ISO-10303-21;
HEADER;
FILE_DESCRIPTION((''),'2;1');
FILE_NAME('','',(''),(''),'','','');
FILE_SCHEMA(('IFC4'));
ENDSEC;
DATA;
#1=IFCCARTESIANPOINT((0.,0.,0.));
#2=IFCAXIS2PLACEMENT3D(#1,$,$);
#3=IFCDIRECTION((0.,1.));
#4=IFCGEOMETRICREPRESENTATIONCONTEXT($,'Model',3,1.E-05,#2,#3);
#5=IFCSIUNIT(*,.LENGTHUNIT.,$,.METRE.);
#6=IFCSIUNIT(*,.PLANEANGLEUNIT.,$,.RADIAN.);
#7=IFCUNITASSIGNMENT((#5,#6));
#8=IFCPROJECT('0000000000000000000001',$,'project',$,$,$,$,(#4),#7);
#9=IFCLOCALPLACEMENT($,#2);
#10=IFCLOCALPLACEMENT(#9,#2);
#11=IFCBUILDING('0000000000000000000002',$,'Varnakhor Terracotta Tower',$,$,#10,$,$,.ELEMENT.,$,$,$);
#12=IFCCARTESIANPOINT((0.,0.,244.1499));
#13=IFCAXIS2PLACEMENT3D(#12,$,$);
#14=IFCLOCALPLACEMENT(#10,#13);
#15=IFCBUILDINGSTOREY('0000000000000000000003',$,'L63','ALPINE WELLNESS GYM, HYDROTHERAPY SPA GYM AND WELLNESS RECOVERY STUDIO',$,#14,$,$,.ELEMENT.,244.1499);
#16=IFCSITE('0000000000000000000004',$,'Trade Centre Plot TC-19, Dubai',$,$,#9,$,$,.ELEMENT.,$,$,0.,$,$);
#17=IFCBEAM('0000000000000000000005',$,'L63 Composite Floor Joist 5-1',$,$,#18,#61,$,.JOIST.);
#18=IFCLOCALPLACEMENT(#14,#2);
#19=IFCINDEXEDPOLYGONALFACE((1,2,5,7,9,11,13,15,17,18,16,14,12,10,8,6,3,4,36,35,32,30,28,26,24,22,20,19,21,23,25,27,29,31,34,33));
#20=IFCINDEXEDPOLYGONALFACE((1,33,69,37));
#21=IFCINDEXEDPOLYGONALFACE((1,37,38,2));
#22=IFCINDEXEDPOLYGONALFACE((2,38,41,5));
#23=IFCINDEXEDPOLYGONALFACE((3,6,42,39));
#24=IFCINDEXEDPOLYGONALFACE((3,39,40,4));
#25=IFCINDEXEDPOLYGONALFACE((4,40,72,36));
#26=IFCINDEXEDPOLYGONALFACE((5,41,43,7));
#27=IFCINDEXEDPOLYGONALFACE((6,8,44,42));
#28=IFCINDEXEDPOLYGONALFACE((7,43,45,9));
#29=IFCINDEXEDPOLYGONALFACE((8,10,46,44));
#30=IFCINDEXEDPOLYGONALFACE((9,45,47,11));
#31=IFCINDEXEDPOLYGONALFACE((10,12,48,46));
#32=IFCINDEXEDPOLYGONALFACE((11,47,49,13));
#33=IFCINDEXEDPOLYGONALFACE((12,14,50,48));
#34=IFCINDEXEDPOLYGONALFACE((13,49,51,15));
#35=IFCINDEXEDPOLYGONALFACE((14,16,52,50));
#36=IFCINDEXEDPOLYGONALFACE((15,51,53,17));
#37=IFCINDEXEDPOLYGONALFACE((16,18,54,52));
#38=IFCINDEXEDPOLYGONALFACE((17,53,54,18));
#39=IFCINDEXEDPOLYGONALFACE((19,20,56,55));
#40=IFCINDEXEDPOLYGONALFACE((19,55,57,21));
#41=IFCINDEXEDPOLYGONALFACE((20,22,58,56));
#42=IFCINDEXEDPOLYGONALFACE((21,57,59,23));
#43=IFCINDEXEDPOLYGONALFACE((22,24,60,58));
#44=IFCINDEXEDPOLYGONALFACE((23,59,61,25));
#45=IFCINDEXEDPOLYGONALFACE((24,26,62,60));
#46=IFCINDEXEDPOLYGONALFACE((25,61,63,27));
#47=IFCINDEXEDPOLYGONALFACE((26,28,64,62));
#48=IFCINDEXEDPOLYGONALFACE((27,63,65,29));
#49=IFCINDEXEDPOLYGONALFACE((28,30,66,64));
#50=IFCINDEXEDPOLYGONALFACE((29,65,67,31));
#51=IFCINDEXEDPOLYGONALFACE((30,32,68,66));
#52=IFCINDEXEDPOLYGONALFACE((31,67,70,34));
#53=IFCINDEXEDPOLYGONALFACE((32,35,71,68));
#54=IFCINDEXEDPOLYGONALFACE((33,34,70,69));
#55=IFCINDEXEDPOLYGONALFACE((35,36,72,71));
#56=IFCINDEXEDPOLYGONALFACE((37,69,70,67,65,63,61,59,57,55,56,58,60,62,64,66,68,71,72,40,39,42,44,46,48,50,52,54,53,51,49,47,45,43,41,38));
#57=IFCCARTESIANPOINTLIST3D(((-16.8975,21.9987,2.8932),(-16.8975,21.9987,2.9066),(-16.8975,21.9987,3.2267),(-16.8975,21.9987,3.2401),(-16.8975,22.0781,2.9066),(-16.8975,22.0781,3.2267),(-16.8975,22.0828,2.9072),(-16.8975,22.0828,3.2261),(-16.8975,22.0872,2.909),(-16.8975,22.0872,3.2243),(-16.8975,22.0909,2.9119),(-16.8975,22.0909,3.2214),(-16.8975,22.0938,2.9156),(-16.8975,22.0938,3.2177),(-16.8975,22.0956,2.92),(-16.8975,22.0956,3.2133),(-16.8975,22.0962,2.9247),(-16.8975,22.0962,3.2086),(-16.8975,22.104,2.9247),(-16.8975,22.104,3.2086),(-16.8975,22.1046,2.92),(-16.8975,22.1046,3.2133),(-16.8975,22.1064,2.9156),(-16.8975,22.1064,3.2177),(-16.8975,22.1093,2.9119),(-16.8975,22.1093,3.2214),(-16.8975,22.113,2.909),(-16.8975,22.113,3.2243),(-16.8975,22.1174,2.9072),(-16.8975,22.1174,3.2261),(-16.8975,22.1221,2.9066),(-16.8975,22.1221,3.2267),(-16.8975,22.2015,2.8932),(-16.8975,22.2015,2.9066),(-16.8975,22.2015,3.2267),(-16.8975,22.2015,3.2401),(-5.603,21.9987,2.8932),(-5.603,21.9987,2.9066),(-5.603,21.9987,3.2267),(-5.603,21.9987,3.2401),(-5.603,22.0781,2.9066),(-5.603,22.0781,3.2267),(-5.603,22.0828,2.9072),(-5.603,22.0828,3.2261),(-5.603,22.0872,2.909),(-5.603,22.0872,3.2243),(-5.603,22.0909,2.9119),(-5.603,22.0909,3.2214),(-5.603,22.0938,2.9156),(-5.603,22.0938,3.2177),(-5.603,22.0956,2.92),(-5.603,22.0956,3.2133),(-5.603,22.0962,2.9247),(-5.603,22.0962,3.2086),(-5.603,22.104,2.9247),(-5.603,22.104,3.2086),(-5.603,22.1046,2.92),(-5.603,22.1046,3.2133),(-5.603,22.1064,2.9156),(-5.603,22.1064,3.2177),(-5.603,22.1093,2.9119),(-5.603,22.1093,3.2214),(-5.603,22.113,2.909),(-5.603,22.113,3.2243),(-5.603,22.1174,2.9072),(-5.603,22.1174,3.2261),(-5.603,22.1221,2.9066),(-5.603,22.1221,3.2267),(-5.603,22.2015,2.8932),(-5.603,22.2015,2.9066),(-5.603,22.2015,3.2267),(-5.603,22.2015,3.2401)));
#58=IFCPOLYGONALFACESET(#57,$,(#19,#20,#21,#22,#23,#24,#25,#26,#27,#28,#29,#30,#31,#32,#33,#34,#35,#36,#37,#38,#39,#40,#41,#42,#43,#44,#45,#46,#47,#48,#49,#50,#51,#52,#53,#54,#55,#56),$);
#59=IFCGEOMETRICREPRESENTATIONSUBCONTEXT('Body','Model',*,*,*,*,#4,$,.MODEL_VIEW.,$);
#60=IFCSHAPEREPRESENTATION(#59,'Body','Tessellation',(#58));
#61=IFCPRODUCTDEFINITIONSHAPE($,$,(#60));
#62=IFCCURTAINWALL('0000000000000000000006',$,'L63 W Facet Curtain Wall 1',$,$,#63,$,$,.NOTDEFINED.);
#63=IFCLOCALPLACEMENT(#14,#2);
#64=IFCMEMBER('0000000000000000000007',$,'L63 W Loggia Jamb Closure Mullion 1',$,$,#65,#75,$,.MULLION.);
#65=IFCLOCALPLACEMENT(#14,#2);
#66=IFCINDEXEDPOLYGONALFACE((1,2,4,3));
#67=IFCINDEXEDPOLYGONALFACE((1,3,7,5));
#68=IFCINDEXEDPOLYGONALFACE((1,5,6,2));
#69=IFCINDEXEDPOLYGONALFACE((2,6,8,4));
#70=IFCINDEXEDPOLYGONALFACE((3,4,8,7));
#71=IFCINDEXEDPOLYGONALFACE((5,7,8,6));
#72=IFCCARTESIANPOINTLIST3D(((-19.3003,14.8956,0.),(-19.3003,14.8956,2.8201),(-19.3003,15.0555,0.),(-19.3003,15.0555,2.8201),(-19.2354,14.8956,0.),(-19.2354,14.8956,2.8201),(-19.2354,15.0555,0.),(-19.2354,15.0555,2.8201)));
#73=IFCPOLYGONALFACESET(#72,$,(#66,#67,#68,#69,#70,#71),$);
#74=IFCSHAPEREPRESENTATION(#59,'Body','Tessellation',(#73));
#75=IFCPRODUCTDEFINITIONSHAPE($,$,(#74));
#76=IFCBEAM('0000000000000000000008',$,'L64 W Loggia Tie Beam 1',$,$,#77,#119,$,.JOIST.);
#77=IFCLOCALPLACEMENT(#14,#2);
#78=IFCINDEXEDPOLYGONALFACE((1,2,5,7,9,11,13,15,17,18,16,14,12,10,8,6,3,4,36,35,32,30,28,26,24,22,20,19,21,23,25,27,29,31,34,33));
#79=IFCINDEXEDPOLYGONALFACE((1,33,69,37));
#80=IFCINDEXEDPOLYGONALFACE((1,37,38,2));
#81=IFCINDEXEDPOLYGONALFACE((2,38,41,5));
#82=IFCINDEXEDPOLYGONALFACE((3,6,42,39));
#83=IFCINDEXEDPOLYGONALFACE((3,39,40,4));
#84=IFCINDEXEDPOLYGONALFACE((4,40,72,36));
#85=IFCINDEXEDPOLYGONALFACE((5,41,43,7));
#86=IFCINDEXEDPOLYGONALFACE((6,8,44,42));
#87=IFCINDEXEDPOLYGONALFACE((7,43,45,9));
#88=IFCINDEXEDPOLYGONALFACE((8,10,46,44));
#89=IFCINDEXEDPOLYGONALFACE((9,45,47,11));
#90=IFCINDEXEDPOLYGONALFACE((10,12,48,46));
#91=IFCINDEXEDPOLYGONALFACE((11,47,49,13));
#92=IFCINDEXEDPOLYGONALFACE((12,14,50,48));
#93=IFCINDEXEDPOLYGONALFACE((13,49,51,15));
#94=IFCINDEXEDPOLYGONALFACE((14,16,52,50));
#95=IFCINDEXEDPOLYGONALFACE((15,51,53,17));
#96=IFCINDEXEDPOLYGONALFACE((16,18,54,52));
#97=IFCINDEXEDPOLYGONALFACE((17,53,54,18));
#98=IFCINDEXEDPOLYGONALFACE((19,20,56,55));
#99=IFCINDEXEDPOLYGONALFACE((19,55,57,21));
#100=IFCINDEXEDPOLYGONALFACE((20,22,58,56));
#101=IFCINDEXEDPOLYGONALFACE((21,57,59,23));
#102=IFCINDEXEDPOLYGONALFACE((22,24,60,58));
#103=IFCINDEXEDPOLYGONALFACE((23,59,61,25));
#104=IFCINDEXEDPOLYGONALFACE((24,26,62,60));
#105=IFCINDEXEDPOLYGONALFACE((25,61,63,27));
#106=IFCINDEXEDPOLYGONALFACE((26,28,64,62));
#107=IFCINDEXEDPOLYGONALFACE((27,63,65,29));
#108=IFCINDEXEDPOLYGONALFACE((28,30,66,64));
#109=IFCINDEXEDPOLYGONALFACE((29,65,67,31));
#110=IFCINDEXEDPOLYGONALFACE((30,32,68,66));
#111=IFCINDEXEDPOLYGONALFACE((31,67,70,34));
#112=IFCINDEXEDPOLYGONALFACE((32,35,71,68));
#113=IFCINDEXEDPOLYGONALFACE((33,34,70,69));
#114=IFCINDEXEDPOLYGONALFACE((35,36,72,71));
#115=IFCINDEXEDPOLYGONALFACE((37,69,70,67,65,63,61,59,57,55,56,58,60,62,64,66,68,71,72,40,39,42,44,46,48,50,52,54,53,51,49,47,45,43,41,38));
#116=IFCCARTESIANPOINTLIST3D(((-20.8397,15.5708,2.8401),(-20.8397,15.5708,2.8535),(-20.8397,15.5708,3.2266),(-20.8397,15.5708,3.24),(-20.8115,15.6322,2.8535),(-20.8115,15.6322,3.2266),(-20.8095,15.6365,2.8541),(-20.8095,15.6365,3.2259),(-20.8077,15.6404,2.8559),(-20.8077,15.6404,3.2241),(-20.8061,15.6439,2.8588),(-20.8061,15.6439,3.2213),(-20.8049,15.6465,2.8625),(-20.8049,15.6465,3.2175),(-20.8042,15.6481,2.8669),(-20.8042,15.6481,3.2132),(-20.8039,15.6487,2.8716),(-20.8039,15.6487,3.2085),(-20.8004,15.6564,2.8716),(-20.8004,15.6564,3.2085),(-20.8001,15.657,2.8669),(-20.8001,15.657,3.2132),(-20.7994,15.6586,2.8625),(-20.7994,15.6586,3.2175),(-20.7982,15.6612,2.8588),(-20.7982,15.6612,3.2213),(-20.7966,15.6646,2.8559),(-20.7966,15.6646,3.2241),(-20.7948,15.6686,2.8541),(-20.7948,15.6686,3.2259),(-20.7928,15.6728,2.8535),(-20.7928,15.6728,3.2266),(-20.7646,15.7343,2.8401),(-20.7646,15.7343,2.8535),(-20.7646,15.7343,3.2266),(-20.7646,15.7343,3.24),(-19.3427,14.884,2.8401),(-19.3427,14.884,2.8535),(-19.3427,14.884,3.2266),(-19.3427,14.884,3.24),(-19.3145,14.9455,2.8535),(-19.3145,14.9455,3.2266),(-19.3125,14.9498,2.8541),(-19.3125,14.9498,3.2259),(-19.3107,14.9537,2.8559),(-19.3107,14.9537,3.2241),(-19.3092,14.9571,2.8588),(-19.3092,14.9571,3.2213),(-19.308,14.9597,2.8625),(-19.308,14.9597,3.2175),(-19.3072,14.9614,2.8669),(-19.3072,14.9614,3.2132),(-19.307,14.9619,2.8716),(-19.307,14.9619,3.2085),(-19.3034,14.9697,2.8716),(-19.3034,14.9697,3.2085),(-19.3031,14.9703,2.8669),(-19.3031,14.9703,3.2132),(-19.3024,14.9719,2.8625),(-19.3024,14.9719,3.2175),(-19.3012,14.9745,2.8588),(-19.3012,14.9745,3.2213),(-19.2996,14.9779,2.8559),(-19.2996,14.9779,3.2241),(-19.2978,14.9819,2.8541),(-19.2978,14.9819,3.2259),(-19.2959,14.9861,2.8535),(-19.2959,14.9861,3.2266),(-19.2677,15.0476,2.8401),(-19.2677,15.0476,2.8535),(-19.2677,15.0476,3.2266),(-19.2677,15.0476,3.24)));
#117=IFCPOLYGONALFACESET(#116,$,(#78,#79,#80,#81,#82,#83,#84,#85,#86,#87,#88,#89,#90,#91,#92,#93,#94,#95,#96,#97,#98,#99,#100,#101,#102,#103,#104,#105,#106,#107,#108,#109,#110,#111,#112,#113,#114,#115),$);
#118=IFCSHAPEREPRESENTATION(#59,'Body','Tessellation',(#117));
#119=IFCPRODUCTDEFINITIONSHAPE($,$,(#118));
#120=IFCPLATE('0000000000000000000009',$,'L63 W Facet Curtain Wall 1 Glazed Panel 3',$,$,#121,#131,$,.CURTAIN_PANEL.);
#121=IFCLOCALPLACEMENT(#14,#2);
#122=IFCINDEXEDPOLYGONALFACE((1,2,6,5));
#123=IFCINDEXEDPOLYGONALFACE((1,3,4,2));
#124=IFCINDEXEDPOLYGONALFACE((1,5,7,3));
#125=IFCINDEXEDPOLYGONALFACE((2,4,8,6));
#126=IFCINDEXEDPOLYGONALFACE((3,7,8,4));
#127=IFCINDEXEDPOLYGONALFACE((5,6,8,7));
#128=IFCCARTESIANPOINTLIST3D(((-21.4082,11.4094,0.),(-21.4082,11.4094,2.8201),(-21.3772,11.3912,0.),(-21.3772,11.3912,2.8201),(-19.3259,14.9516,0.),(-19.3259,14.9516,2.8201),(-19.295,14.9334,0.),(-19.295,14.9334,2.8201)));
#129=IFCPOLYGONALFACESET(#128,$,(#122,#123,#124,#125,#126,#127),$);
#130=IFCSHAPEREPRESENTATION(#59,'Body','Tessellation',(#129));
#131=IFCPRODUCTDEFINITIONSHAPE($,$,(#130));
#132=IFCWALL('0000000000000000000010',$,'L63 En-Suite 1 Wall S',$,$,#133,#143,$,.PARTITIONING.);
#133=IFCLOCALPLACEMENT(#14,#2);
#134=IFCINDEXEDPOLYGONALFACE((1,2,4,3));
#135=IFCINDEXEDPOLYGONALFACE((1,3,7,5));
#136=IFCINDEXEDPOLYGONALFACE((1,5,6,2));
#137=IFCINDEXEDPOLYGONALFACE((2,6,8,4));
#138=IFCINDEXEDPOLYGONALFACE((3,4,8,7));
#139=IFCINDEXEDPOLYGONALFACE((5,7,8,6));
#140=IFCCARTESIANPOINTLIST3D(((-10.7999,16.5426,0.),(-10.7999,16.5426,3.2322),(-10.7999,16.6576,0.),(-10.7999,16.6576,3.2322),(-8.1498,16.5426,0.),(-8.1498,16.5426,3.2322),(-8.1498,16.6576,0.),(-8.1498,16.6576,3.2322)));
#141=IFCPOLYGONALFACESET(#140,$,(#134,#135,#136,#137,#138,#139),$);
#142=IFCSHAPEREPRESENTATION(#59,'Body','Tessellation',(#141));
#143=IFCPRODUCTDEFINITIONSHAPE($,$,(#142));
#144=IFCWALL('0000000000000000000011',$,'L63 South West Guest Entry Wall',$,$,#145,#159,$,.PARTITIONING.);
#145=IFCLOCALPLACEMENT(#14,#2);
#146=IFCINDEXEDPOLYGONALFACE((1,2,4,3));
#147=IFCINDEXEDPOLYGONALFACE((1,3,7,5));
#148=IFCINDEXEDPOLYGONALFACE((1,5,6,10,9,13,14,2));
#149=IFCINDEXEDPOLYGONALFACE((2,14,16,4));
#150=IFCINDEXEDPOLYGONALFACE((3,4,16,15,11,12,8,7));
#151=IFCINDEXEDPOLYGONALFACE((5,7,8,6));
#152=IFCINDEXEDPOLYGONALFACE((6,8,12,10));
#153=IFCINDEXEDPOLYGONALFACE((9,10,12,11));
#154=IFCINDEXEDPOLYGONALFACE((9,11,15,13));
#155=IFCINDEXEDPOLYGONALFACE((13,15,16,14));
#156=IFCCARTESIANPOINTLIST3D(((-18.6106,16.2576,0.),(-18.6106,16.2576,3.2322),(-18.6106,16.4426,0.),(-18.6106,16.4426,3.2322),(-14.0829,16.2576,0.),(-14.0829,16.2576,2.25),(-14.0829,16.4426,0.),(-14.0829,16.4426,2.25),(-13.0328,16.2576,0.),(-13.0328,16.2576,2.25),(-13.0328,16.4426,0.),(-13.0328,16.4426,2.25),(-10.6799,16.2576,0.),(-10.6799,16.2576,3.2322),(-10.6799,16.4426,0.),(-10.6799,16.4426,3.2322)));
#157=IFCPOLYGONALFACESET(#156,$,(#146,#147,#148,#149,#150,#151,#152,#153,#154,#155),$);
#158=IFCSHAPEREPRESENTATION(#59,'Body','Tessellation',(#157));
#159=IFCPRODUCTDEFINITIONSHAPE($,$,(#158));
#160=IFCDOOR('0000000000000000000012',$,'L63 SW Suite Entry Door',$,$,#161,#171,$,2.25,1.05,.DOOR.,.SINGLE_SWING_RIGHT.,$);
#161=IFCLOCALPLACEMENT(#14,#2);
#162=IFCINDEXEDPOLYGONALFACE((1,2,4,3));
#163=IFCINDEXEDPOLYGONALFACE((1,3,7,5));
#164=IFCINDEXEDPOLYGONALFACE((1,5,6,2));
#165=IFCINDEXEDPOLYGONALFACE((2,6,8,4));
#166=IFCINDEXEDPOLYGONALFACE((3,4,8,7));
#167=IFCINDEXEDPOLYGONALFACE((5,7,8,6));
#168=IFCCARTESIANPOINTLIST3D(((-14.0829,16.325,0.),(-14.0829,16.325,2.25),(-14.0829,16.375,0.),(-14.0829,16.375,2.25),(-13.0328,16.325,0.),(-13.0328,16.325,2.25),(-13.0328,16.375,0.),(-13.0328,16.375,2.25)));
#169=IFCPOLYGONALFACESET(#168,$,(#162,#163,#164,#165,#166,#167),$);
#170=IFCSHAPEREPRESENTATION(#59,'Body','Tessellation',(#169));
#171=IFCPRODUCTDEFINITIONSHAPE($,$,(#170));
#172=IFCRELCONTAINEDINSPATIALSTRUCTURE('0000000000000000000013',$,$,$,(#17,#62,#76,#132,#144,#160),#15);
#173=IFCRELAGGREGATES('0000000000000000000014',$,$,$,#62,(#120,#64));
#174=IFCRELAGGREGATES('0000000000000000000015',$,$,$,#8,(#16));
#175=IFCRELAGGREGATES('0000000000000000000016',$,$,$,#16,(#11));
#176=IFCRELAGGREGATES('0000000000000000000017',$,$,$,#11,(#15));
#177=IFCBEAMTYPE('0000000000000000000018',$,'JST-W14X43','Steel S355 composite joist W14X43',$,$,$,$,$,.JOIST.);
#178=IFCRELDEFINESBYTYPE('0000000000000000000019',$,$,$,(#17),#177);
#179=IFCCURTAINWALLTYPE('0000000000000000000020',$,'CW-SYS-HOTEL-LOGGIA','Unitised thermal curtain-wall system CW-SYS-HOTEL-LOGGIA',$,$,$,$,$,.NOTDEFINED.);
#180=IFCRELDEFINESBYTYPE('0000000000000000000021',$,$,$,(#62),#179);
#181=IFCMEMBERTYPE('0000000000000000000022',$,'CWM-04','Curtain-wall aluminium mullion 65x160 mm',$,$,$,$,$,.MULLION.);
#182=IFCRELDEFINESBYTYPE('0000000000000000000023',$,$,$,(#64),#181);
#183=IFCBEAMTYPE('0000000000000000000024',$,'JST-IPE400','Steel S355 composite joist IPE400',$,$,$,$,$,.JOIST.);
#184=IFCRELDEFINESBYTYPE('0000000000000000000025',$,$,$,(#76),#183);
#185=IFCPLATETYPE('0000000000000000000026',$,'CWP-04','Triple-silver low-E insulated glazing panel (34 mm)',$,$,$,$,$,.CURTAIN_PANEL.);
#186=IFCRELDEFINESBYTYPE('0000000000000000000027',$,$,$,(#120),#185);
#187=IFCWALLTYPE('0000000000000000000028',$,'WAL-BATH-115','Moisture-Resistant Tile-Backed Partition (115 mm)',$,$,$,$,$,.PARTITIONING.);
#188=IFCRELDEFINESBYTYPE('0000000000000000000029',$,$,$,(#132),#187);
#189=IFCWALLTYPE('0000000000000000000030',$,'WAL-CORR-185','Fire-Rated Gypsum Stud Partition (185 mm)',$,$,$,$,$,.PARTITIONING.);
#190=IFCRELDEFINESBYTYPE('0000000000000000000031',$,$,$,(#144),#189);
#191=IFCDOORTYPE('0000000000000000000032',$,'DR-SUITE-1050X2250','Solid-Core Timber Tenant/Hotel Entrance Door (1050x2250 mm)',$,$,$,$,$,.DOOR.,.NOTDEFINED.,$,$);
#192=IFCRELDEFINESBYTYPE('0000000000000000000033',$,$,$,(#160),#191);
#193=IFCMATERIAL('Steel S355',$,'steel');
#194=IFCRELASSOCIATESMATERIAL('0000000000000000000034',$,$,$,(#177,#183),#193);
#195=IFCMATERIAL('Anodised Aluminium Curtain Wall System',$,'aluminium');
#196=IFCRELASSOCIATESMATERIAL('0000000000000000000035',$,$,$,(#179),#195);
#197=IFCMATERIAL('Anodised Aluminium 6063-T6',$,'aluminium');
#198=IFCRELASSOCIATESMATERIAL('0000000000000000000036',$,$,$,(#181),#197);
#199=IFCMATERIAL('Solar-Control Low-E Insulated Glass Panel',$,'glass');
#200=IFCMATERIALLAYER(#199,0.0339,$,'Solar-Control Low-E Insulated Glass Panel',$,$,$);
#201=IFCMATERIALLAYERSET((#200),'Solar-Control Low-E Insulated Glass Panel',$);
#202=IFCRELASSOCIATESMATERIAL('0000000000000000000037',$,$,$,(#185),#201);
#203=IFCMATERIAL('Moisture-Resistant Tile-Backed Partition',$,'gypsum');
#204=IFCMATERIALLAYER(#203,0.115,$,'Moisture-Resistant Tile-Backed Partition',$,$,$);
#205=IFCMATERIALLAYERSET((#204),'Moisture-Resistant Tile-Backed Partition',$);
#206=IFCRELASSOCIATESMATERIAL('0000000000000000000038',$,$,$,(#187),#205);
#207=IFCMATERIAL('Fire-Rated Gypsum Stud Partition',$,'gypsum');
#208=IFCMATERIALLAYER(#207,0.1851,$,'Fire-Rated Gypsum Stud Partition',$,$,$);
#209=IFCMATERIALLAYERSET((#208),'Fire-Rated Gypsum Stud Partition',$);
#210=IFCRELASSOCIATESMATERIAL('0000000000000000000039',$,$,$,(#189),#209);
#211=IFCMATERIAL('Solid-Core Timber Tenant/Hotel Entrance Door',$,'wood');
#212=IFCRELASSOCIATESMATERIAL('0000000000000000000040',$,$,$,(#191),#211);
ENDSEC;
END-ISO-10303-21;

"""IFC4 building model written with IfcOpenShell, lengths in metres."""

from ifc_helpers import new_model, si_unit, direction, frame, frame_2d, origin, origin_2d, place, context, subcontext, project, spatial, rectangle, i_section, extrude, source, transform, mapped, material, layer, layer_set, material_profile, profile_set, type_object, type_shapes, element, fill, aggregate, save


model = new_model("IFC4")

# Units and contexts
model_context = context("Model", 3, precision=1e-05, world=origin(), true_north=direction((0.0, 1.0)))
body_context = subcontext(model_context, "Body", "Model", "MODEL_VIEW")
ifc_project = project(units=[si_unit("LENGTHUNIT", "METRE"), si_unit("PLANEANGLEUNIT", "RADIAN")], contexts=[model_context])

# Site, building, storey
site_placement = place(None, origin())
site = spatial("IfcSite", under=ifc_project, at=site_placement, Name="Trade Centre Plot TC-19, Dubai", CompositionType="ELEMENT", RefElevation=0.0)
building_placement = place(site_placement, origin())
building = spatial("IfcBuilding", under=site, at=building_placement, Name="Varnakhor Terracotta Tower", CompositionType="ELEMENT")
storey_placement = place(building_placement, frame((0.0, 0.0, 244.1499)))
storey = spatial("IfcBuildingStorey", under=building, at=storey_placement, Name="L63", Description="ALPINE WELLNESS GYM, HYDROTHERAPY SPA GYM AND WELLNESS RECOVERY STUDIO", CompositionType="ELEMENT", Elevation=244.1499)

# Beam
ifc_material_1 = material(Name="Steel S355", Category="steel")
ifc_material_profile_1 = material_profile(ifc_material_1, i_section(OverallWidth=0.2029, OverallDepth=0.3469, WebThickness=0.0078, FlangeThickness=0.0134, FilletRadius=0.0181, at=origin_2d()), Name="W14X43")
ifc_profile_set_1 = profile_set([ifc_material_profile_1], Name="Steel S355")
beam_type_1 = type_object("IfcBeamType", Name="JST-W14X43", Description="Steel S355 composite joist W14X43", PredefinedType="JOIST", material=ifc_profile_set_1)
shared_shape_1 = source(origin(), body_context, "Body", "SweptSolid", [
    extrude(i_section(OverallWidth=0.2029, OverallDepth=0.3469, WebThickness=0.0078, FlangeThickness=0.0134, FilletRadius=0.0181, at=origin_2d()), origin(), (0.0, 0.0, 1.0), 11.2944),
])
beam_1_placement = place(storey_placement, frame((-16.8975, 22.1001, 3.0667), z_axis=(1.0, 0.0, 0.0), x_axis=(0.0, 1.0, 0.0)))
element("IfcBeam", 1, at=beam_1_placement, inside=storey, type_object=beam_type_1, Name="L63 Composite Floor Joist 5-1", PredefinedType="JOIST", context=body_context, shape_type="MappedRepresentation", body=[
    mapped(shared_shape_1, transform((0.0, 0.0, 0.0), scale=1.0)),
])

# Curtain wall, member
ifc_material_2 = material(Name="Anodised Aluminium Curtain Wall System", Category="aluminium")
curtain_wall_type = type_object("IfcCurtainWallType", Name="CW-SYS-HOTEL-LOGGIA", Description="Unitised thermal curtain-wall system CW-SYS-HOTEL-LOGGIA", PredefinedType="NOTDEFINED", material=ifc_material_2)
curtain_wall_placement = place(storey_placement, origin())
curtain_wall = element("IfcCurtainWall", 2, at=curtain_wall_placement, inside=storey, type_object=curtain_wall_type, Name="L63 W Facet Curtain Wall 1", PredefinedType="NOTDEFINED")
ifc_material_3 = material(Name="Anodised Aluminium 6063-T6", Category="aluminium")
ifc_material_profile_2 = material_profile(ifc_material_3, rectangle(XDim=0.0649, YDim=0.1599, at=origin_2d()), Name="ALU MULLION 65x160")
ifc_profile_set_2 = profile_set([ifc_material_profile_2], Name="Anodised Aluminium 6063-T6")
member_type = type_object("IfcMemberType", Name="CWM-04", Description="Curtain-wall aluminium mullion 65x160 mm", PredefinedType="MULLION", material=ifc_profile_set_2)
shared_shape_2 = source(origin(), body_context, "Body", "SweptSolid", [
    extrude(rectangle(XDim=0.0649, YDim=0.1599, at=origin_2d()), origin(), (0.0, 0.0, 1.0), 2.8201),
])
type_shapes(member_type, [shared_shape_2])
member_placement = place(storey_placement, frame((-19.2678, 14.9756, 0.0), z_axis=(0.0, 0.0, 1.0), x_axis=(1.0, 0.0, 0.0)))
member = element("IfcMember", 3, at=member_placement, type_object=member_type, Name="L63 W Loggia Jamb Closure Mullion 1", PredefinedType="MULLION", context=body_context, shape_type="MappedRepresentation", body=[
    mapped(shared_shape_2, transform((0.0, 0.0, 0.0), scale=1.0)),
])

# Beam
ifc_material_profile_3 = material_profile(ifc_material_1, i_section(OverallWidth=0.1799, OverallDepth=0.3999, WebThickness=0.0085, FlangeThickness=0.0134, FilletRadius=0.0181, at=origin_2d()), Name="IPE400")
ifc_profile_set_3 = profile_set([ifc_material_profile_3], Name="Steel S355")
beam_type_2 = type_object("IfcBeamType", Name="JST-IPE400", Description="Steel S355 composite joist IPE400", PredefinedType="JOIST", material=ifc_profile_set_3)
shared_shape_3 = source(origin(), body_context, "Body", "SweptSolid", [
    extrude(i_section(OverallWidth=0.1799, OverallDepth=0.3999, WebThickness=0.0085, FlangeThickness=0.0134, FilletRadius=0.0181, at=origin_2d()), origin(), (0.0, 0.0, 1.0), 1.647),
])
beam_2_placement = place(storey_placement, frame((-19.3052, 14.9658, 3.04), z_axis=(-0.908924, 0.416961, 0.0), x_axis=(-0.416961, -0.908924, 0.0)))
element("IfcBeam", 4, at=beam_2_placement, inside=storey, type_object=beam_type_2, Name="L64 W Loggia Tie Beam 1", PredefinedType="JOIST", context=body_context, shape_type="MappedRepresentation", body=[
    mapped(shared_shape_3, transform((0.0, 0.0, 0.0), scale=1.0)),
])

# Plate
ifc_material_4 = material(Name="Solar-Control Low-E Insulated Glass Panel", Category="glass")
ifc_layer_1 = layer(ifc_material_4, 0.0339, Name="Solar-Control Low-E Insulated Glass Panel")
ifc_layer_set_1 = layer_set([ifc_layer_1], Name="Solar-Control Low-E Insulated Glass Panel")
plate_type = type_object("IfcPlateType", Name="CWP-04", Description="Triple-silver low-E insulated glazing panel (34 mm)", PredefinedType="CURTAIN_PANEL", material=ifc_layer_set_1)
shared_shape_4 = source(origin(), body_context, "Body", "SweptSolid", [
    extrude(rectangle(XDim=4.1089, YDim=0.0359, at=origin_2d()), origin(), (0.0, 0.0, 1.0), 2.8201),
])
plate_placement = place(storey_placement, frame((-20.3516, 13.1714, 0.0), z_axis=(0.0, 0.0, 1.0), x_axis=(0.506771, 0.862081, 0.0)))
plate = element("IfcPlate", 5, at=plate_placement, type_object=plate_type, Name="L63 W Facet Curtain Wall 1 Glazed Panel 3", PredefinedType="CURTAIN_PANEL", context=body_context, shape_type="MappedRepresentation", body=[
    mapped(shared_shape_4, transform((0.0, 0.0, 0.0), scale=1.0)),
])
aggregate(curtain_wall, [plate, member])

# Wall
ifc_material_5 = material(Name="Moisture-Resistant Tile-Backed Partition", Category="gypsum")
ifc_layer_2 = layer(ifc_material_5, 0.115, Name="Moisture-Resistant Tile-Backed Partition")
ifc_layer_set_2 = layer_set([ifc_layer_2], Name="Moisture-Resistant Tile-Backed Partition")
wall_type_1 = type_object("IfcWallType", Name="WAL-BATH-115", Description="Moisture-Resistant Tile-Backed Partition (115 mm)", PredefinedType="PARTITIONING", material=ifc_layer_set_2)
wall_1_placement = place(storey_placement, frame((-10.8, 16.6001, 0.0), z_axis=(0.0, 0.0, 1.0), x_axis=(1.0, 0.0, 0.0)))
element("IfcWall", 6, at=wall_1_placement, inside=storey, type_object=wall_type_1, Name="L63 En-Suite 1 Wall S", PredefinedType="PARTITIONING", context=body_context, shape_type="SweptSolid", body=[
    extrude(rectangle(XDim=2.6501, YDim=0.115, at=frame_2d((1.3252, 0.0))), origin(), (0.0, 0.0, 1.0), 3.2322),
])

# Wall, opening, door
ifc_material_6 = material(Name="Fire-Rated Gypsum Stud Partition", Category="gypsum")
ifc_layer_3 = layer(ifc_material_6, 0.1851, Name="Fire-Rated Gypsum Stud Partition")
ifc_layer_set_3 = layer_set([ifc_layer_3], Name="Fire-Rated Gypsum Stud Partition")
wall_type_2 = type_object("IfcWallType", Name="WAL-CORR-185", Description="Fire-Rated Gypsum Stud Partition (185 mm)", PredefinedType="PARTITIONING", material=ifc_layer_set_3)
wall_2_placement = place(storey_placement, frame((-18.6106, 16.3501, 0.0), z_axis=(0.0, 0.0, 1.0), x_axis=(1.0, 0.0, 0.0)))
wall_2 = element("IfcWall", 7, at=wall_2_placement, inside=storey, type_object=wall_type_2, Name="L63 South West Guest Entry Wall", PredefinedType="PARTITIONING", context=body_context, shape_type="SweptSolid", body=[
    extrude(rectangle(XDim=7.9307, YDim=0.1851, at=frame_2d((3.9653, 0.0))), origin(), (0.0, 0.0, 1.0), 3.2322),
])
opening_1_placement = place(wall_2_placement, frame((4.5278, 0.0, 0.0)))
opening_1 = element("IfcOpeningElement", 8, at=opening_1_placement, cuts=wall_2, PredefinedType="OPENING", context=body_context, shape_type="SweptSolid", body=[
    extrude(rectangle(XDim=1.05, YDim=2.25, at=frame_2d((0.5249, 1.125))), frame((0.0, 0.1025, 0.0), z_axis=(0.0, -1.0, 0.0), x_axis=(1.0, 0.0, 0.0)), (0.0, 0.0, 1.0), 0.2051),
])
ifc_material_7 = material(Name="Solid-Core Timber Tenant/Hotel Entrance Door", Category="wood")
door_type_1 = type_object("IfcDoorType", Name="DR-SUITE-1050X2250", Description="Solid-Core Timber Tenant/Hotel Entrance Door (1050x2250 mm)", OperationType="NOTDEFINED", PredefinedType="DOOR", material=ifc_material_7)
shared_shape_5 = source(origin(), body_context, "Body", "SweptSolid", [
    extrude(rectangle(XDim=1.05, YDim=2.25, at=frame_2d((0.5249, 1.125))), frame((0.0, 0.0249, 0.0), z_axis=(0.0, -1.0, 0.0), x_axis=(1.0, 0.0, 0.0)), (0.0, 0.0, 1.0), 0.05),
])
type_shapes(door_type_1, [shared_shape_5])
door_1_placement = place(opening_1_placement, origin())
door_1 = element("IfcDoor", 9, at=door_1_placement, inside=storey, type_object=door_type_1, Name="L63 SW Suite Entry Door", OperationType="SINGLE_SWING_RIGHT", OverallHeight=2.25, OverallWidth=1.05, PredefinedType="DOOR", context=body_context, shape_type="MappedRepresentation", body=[
    mapped(shared_shape_5, transform((0.0, 0.0, 0.0), scale=1.0)),
])
fill(opening_1, door_1)

save(model, "model.ifc")
